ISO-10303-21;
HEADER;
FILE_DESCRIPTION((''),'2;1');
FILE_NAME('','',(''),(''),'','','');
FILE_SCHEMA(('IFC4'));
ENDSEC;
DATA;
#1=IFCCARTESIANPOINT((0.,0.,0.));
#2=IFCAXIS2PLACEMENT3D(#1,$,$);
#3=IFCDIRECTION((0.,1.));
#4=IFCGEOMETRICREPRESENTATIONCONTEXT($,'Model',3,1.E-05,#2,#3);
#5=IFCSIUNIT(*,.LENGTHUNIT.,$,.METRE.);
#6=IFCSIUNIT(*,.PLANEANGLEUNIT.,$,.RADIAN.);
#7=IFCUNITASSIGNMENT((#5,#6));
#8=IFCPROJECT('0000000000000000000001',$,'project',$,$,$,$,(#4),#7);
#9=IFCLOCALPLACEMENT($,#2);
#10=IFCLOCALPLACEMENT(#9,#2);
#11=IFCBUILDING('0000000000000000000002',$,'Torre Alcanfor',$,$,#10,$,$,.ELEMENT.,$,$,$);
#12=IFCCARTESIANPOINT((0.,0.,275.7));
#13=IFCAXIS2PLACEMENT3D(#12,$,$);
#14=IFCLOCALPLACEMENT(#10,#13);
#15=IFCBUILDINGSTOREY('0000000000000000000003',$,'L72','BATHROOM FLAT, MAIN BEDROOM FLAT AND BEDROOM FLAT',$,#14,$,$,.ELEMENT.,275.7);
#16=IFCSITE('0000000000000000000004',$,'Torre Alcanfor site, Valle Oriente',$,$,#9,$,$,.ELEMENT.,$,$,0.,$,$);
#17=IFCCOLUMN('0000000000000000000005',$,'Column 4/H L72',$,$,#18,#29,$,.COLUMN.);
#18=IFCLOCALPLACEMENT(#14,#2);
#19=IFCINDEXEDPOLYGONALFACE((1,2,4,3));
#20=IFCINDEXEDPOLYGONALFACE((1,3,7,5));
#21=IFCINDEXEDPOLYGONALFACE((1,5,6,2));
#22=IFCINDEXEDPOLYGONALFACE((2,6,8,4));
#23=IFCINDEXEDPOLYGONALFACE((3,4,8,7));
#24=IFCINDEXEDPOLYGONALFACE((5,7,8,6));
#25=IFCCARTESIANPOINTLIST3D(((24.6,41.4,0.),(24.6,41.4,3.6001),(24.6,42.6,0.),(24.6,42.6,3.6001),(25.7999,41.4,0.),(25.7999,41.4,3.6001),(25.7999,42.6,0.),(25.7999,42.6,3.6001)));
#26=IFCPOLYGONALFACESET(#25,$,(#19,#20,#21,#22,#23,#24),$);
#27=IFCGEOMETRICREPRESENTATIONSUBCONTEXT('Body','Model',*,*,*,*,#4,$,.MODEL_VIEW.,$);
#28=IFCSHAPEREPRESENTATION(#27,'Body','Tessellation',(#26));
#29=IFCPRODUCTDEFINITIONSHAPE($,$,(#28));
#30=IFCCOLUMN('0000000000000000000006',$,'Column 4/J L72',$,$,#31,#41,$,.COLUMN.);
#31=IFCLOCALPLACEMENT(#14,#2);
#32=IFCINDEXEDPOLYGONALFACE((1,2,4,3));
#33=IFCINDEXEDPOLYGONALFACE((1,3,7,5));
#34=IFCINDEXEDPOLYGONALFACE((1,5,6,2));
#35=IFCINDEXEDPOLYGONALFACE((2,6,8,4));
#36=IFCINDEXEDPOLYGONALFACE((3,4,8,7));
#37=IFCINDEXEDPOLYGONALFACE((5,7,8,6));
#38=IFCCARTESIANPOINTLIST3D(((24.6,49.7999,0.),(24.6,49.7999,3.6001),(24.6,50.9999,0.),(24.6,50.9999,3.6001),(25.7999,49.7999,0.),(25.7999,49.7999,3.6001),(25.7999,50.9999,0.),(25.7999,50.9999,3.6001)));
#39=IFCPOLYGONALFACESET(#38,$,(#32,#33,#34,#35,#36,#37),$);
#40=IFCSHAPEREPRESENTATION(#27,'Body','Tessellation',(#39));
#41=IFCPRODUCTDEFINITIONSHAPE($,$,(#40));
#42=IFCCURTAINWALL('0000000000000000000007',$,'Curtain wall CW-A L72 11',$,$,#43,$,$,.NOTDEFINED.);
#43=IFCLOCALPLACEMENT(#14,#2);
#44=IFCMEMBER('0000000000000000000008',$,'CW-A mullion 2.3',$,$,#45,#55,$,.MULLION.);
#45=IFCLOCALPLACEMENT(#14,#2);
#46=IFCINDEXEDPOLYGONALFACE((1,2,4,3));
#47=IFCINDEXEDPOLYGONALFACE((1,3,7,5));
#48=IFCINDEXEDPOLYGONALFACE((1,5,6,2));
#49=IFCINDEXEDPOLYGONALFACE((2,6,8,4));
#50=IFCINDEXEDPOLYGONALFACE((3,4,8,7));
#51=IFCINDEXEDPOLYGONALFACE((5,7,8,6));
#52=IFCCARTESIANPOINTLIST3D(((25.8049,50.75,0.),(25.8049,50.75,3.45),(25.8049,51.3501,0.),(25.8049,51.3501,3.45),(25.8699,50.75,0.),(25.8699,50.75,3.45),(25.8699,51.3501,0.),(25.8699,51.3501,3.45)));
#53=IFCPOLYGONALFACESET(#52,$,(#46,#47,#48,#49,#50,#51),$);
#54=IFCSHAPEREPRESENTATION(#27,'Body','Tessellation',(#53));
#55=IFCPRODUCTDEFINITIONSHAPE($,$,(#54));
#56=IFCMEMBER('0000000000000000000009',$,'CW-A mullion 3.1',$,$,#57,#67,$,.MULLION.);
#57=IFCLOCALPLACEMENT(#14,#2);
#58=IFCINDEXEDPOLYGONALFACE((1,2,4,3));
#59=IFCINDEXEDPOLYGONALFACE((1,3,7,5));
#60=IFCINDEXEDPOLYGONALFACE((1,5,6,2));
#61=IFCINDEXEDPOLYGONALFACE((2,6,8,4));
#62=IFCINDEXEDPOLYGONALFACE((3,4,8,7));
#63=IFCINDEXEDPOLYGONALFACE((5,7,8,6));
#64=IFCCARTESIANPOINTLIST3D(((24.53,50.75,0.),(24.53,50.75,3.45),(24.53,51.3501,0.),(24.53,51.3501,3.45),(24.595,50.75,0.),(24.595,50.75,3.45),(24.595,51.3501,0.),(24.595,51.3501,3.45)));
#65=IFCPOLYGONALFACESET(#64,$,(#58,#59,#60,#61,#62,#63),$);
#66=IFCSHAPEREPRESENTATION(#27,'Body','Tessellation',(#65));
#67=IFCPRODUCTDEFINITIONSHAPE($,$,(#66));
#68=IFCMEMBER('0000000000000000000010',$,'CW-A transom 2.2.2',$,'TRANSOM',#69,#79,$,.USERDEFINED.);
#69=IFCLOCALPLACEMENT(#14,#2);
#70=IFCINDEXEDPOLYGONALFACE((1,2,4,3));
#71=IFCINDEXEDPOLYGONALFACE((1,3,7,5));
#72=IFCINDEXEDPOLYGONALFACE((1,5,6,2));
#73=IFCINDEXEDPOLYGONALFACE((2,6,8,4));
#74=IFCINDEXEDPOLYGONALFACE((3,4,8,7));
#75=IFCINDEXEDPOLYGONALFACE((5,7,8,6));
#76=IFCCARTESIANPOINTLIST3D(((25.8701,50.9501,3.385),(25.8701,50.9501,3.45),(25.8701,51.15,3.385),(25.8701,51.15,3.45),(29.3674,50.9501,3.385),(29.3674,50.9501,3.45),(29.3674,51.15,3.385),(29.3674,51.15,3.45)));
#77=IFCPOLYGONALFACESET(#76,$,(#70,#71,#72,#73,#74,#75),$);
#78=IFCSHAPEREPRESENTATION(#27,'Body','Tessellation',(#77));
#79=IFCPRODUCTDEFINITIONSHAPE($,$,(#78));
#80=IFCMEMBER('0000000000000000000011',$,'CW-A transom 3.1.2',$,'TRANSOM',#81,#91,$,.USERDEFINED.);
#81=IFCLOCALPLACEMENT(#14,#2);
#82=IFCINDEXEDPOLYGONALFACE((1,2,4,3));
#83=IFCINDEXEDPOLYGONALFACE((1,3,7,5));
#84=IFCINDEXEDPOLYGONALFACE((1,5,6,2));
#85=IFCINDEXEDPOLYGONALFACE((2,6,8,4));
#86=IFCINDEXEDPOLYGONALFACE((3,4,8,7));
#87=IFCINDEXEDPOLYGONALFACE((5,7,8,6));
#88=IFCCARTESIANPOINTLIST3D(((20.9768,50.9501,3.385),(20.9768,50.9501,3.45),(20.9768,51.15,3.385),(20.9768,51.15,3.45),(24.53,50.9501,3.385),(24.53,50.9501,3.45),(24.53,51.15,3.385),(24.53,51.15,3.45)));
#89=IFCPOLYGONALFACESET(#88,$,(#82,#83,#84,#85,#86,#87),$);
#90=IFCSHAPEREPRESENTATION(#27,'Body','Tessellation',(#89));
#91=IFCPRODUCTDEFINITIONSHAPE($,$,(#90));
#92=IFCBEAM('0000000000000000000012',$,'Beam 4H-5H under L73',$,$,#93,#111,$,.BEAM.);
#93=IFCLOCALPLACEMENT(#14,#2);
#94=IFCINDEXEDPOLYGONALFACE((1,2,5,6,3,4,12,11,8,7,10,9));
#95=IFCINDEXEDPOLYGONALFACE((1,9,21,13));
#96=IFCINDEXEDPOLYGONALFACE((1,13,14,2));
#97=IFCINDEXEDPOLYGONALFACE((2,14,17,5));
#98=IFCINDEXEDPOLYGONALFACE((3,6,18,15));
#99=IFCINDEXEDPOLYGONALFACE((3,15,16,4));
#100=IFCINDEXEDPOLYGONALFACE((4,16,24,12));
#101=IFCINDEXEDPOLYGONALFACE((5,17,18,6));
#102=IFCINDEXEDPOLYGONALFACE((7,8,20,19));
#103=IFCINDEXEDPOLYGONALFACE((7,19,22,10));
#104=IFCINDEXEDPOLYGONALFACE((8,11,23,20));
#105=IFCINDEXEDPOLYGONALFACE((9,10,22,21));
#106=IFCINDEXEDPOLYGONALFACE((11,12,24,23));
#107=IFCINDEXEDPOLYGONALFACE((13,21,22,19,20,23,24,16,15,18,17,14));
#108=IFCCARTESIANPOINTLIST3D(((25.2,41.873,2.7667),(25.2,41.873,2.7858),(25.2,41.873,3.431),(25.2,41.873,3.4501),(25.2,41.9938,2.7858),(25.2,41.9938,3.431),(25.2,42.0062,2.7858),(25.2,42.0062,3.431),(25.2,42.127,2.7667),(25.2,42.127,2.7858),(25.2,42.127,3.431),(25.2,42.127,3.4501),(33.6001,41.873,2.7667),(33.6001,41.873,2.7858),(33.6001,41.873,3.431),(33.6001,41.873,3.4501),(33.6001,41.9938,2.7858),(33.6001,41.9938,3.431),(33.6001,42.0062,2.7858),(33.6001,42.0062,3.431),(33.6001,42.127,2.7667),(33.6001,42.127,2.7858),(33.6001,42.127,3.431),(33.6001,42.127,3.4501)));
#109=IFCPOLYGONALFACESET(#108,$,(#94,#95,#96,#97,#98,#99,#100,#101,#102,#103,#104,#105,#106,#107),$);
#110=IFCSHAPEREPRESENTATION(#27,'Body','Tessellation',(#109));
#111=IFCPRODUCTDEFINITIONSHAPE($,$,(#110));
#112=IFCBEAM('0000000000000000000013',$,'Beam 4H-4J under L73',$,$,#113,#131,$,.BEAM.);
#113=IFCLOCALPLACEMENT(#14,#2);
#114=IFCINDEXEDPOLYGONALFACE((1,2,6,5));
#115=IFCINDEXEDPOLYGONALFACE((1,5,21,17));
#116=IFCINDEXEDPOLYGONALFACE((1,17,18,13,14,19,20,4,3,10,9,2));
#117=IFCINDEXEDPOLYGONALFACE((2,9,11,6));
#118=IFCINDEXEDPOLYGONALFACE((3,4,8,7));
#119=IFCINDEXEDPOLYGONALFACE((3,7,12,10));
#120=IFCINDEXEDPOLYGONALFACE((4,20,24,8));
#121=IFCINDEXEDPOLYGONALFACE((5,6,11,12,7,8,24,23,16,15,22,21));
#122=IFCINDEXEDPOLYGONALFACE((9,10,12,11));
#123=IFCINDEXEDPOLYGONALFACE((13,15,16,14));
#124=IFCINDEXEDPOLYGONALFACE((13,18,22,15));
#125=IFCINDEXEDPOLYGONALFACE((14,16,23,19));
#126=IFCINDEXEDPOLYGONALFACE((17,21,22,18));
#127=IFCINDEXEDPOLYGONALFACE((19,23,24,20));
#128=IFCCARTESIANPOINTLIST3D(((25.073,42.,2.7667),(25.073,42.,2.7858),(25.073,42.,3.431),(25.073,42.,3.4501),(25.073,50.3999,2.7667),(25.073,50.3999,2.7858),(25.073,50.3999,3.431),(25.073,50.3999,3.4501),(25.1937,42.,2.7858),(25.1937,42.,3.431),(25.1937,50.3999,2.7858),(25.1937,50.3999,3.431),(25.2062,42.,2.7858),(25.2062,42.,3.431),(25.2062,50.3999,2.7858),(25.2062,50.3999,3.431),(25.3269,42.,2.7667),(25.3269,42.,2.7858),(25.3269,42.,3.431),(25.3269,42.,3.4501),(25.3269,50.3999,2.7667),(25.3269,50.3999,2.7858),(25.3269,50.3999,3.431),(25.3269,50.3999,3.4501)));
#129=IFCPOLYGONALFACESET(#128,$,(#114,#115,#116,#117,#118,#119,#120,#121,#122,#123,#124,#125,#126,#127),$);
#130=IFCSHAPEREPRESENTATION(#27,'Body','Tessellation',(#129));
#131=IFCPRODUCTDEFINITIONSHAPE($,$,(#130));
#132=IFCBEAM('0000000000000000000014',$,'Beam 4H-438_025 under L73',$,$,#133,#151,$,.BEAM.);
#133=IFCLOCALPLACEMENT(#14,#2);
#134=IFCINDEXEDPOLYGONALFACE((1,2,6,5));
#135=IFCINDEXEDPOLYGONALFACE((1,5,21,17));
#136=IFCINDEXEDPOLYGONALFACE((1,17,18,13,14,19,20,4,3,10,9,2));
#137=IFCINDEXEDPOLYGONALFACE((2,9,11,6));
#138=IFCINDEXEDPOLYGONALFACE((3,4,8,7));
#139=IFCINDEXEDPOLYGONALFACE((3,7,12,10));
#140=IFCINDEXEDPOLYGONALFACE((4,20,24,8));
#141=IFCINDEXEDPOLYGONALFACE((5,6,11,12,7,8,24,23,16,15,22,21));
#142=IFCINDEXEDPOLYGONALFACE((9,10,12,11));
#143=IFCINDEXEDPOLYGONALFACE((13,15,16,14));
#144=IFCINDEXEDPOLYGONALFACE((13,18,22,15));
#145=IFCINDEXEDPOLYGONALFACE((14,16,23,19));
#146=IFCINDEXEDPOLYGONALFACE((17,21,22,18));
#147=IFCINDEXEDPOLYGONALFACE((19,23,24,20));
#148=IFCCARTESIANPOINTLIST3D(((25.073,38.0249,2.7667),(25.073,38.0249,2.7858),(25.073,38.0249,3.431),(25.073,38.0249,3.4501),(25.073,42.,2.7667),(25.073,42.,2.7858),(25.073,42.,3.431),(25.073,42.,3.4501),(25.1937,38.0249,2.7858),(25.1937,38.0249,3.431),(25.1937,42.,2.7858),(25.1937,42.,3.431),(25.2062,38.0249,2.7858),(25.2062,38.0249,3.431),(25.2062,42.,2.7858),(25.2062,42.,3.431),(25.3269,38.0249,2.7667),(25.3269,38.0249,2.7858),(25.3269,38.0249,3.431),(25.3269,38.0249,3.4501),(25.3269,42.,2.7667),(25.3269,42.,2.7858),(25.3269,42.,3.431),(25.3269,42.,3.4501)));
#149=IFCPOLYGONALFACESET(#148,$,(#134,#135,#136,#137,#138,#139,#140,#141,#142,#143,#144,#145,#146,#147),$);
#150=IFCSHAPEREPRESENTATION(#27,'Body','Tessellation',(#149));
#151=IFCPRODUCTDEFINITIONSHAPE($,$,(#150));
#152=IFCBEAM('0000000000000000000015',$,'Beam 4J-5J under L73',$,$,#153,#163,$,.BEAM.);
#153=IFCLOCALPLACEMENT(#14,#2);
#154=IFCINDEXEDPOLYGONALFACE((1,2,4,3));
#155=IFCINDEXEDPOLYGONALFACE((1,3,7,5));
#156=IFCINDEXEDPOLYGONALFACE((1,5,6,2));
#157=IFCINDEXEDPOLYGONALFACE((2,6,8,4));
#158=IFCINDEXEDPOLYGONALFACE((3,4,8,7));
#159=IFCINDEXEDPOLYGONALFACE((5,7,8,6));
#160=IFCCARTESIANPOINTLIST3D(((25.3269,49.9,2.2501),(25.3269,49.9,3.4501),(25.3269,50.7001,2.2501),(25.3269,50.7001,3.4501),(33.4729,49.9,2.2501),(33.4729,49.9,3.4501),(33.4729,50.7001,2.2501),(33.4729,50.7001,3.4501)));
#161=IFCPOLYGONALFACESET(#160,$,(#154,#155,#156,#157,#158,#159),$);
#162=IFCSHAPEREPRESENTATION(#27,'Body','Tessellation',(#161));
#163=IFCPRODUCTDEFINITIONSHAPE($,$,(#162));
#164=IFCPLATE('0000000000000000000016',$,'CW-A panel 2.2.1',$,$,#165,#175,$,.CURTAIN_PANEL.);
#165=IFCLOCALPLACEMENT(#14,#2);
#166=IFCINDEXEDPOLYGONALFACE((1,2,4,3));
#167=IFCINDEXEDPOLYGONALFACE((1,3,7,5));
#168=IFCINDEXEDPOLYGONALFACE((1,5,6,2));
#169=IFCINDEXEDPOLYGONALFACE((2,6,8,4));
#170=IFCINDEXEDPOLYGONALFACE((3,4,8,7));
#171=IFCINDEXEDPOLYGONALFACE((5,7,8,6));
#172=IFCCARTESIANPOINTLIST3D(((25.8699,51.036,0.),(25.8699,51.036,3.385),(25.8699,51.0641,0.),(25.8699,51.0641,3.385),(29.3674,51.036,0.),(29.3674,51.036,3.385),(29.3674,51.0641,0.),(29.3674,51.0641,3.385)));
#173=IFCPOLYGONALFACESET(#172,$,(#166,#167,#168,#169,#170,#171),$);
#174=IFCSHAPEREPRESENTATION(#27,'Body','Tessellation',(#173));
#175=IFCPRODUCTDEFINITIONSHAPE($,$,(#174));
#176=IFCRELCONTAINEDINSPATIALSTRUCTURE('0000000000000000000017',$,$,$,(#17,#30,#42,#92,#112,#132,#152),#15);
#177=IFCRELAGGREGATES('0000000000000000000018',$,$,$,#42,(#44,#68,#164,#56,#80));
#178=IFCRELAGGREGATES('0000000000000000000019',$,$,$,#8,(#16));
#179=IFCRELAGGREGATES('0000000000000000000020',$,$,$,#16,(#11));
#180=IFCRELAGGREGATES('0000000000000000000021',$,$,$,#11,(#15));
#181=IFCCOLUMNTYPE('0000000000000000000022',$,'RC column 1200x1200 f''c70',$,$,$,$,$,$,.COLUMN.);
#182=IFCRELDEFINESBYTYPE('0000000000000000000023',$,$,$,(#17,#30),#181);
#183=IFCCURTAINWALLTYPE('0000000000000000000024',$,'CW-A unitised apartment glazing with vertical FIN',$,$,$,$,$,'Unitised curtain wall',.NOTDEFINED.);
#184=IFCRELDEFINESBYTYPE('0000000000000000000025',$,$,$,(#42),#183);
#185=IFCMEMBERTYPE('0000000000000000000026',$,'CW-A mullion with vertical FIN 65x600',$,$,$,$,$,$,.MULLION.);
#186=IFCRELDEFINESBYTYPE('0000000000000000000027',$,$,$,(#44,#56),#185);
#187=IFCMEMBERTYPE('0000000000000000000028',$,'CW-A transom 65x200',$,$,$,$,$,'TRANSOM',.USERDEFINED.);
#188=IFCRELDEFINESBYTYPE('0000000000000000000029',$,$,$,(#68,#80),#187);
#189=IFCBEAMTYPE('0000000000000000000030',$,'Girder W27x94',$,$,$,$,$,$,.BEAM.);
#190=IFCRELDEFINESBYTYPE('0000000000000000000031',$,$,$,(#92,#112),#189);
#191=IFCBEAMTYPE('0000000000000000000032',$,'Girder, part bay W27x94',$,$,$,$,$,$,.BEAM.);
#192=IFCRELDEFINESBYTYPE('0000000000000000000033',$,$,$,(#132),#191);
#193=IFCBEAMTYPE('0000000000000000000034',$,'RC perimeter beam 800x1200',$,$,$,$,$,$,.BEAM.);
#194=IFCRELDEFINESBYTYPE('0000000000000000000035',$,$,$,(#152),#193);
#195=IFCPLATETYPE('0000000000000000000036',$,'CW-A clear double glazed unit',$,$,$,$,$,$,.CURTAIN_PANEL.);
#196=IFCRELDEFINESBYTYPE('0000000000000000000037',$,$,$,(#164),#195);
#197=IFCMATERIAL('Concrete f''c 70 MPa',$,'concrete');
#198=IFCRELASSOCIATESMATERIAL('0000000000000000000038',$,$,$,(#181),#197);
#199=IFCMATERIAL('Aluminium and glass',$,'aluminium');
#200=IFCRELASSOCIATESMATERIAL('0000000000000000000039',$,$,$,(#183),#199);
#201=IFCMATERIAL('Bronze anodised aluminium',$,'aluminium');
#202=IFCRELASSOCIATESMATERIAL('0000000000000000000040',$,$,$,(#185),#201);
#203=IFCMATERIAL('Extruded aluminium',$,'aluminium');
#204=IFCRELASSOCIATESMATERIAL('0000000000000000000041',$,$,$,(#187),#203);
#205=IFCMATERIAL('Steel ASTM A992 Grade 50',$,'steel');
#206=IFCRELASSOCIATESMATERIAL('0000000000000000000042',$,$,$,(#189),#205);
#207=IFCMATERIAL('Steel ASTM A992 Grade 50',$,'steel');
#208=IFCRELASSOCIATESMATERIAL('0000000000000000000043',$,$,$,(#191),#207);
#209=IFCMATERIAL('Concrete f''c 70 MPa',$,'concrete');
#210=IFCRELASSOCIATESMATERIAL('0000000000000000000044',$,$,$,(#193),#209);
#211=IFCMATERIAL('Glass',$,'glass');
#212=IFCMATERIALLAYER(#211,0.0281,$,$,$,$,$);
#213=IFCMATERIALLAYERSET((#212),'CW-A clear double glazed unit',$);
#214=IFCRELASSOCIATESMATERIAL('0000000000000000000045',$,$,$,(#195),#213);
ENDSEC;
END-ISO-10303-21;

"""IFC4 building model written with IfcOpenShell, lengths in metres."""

from ifc_helpers import new_model, si_unit, direction, frame, origin, origin_2d, place, context, subcontext, project, spatial, rectangle, i_section, extrude, material, layer, layer_set, material_profile, profile_set, type_object, element, aggregate, save


model = new_model("IFC4")

# Units and contexts
model_context = context("Model", 3, precision=1e-05, world=origin(), true_north=direction((0.0, 1.0)))
body_context = subcontext(model_context, "Body", "Model", "MODEL_VIEW")
ifc_project = project(units=[si_unit("LENGTHUNIT", "METRE"), si_unit("PLANEANGLEUNIT", "RADIAN")], contexts=[model_context])

# Site, building, storey
site_placement = place(None, origin())
site = spatial("IfcSite", under=ifc_project, at=site_placement, Name="Torre Alcanfor site, Valle Oriente", CompositionType="ELEMENT", RefElevation=0.0)
building_placement = place(site_placement, origin())
building = spatial("IfcBuilding", under=site, at=building_placement, Name="Torre Alcanfor", CompositionType="ELEMENT")
storey_placement = place(building_placement, frame((0.0, 0.0, 275.7)))
storey = spatial("IfcBuildingStorey", under=building, at=storey_placement, Name="L72", Description="BATHROOM FLAT, MAIN BEDROOM FLAT AND BEDROOM FLAT", CompositionType="ELEMENT", Elevation=275.7)

# Columns
ifc_material_1 = material(Name="Concrete f'c 70 MPa", Category="concrete")
ifc_material_profile_1 = material_profile(ifc_material_1, rectangle(XDim=1.2, YDim=1.2, at=origin_2d()), Name="1200x1200")
ifc_profile_set_1 = profile_set([ifc_material_profile_1], Name="Concrete f'c 70 MPa")
column_type = type_object("IfcColumnType", Name="RC column 1200x1200 f'c70", PredefinedType="COLUMN", material=ifc_profile_set_1)
for number, where, z_axis, x_axis, name in (
    (1, (25.2, 42.0, 0.0), (0.0, 0.0, 1.0), (1.0, 0.0, 0.0), "Column 4/H L72"),
    (2, (25.2, 50.3999, 0.0), (0.0, 0.0, 1.0), (1.0, 0.0, 0.0), "Column 4/J L72"),
):
    element("IfcColumn", number, at=place(storey_placement, frame(where, z_axis=z_axis, x_axis=x_axis)), inside=storey, type_object=column_type, Name=name, PredefinedType="COLUMN", context=body_context, shape_type="SweptSolid", body=[
        extrude(rectangle(XDim=1.2, YDim=1.2, at=origin_2d()), origin(), (0.0, 0.0, 1.0), 3.6001),
    ])

# Curtain wall, members
ifc_material_2 = material(Name="Aluminium and glass", Category="aluminium")
curtain_wall_type = type_object("IfcCurtainWallType", Name="CW-A unitised apartment glazing with vertical FIN", ElementType="Unitised curtain wall", PredefinedType="NOTDEFINED", material=ifc_material_2)
curtain_wall_placement = place(storey_placement, origin())
curtain_wall = element("IfcCurtainWall", 3, at=curtain_wall_placement, inside=storey, type_object=curtain_wall_type, Name="Curtain wall CW-A L72 11", PredefinedType="NOTDEFINED")
ifc_material_3 = material(Name="Bronze anodised aluminium", Category="aluminium")
ifc_material_profile_2 = material_profile(ifc_material_3, rectangle(XDim=0.6001, YDim=0.0649, at=origin_2d()), Name="CW-A mullion 65x600")
ifc_profile_set_2 = profile_set([ifc_material_profile_2], Name="Bronze anodised aluminium")
member_type_1 = type_object("IfcMemberType", Name="CW-A mullion with vertical FIN 65x600", PredefinedType="MULLION", material=ifc_profile_set_2)
member_1_placement = place(storey_placement, frame((25.8374, 51.05, 0.0), z_axis=(0.0, 0.0, 1.0), x_axis=(0.0, -1.0, 0.0)))
member_1 = element("IfcMember", 4, at=member_1_placement, type_object=member_type_1, Name="CW-A mullion 2.3", PredefinedType="MULLION", context=body_context, shape_type="SweptSolid", body=[
    extrude(rectangle(XDim=0.6001, YDim=0.0649, at=origin_2d()), origin(), (0.0, 0.0, 1.0), 3.45),
])
member_2_placement = place(storey_placement, frame((24.5625, 51.05, 0.0), z_axis=(0.0, 0.0, 1.0), x_axis=(0.0, -1.0, 0.0)))
member_2 = element("IfcMember", 5, at=member_2_placement, type_object=member_type_1, Name="CW-A mullion 3.1", PredefinedType="MULLION", context=body_context, shape_type="SweptSolid", body=[
    extrude(rectangle(XDim=0.6001, YDim=0.0649, at=origin_2d()), origin(), (0.0, 0.0, 1.0), 3.45),
])
ifc_material_4 = material(Name="Extruded aluminium", Category="aluminium")
ifc_material_profile_3 = material_profile(ifc_material_4, rectangle(XDim=0.2, YDim=0.0649, at=origin_2d()), Name="CW-A transom 200x65")
ifc_profile_set_3 = profile_set([ifc_material_profile_3], Name="Extruded aluminium")
member_type_2 = type_object("IfcMemberType", Name="CW-A transom 65x200", ElementType="TRANSOM", PredefinedType="USERDEFINED", material=ifc_profile_set_3)
member_3_placement = place(storey_placement, frame((29.3674, 51.05, 3.4175), z_axis=(-1.0, 0.0, 0.0), x_axis=(0.0, -1.0, 0.0)))
member_3 = element("IfcMember", 6, at=member_3_placement, type_object=member_type_2, Name="CW-A transom 2.2.2", ObjectType="TRANSOM", PredefinedType="USERDEFINED", context=body_context, shape_type="SweptSolid", body=[
    extrude(rectangle(XDim=0.2, YDim=0.0649, at=origin_2d()), origin(), (0.0, 0.0, 1.0), 3.4973),
])
member_4_placement = place(storey_placement, frame((24.53, 51.05, 3.4175), z_axis=(-1.0, 0.0, 0.0), x_axis=(0.0, -1.0, 0.0)))
member_4 = element("IfcMember", 7, at=member_4_placement, type_object=member_type_2, Name="CW-A transom 3.1.2", ObjectType="TRANSOM", PredefinedType="USERDEFINED", context=body_context, shape_type="SweptSolid", body=[
    extrude(rectangle(XDim=0.2, YDim=0.0649, at=origin_2d()), origin(), (0.0, 0.0, 1.0), 3.5532),
])

# Beams
ifc_material_5 = material(Name="Steel ASTM A992 Grade 50", Category="steel")
ifc_material_profile_4 = material_profile(ifc_material_5, i_section(OverallWidth=0.2539, OverallDepth=0.6833, WebThickness=0.0125, FlangeThickness=0.019, at=origin_2d()), Name="W27x94")
ifc_profile_set_4 = profile_set([ifc_material_profile_4], Name="Steel ASTM A992 Grade 50")
beam_type_1 = type_object("IfcBeamType", Name="Girder W27x94", PredefinedType="BEAM", material=ifc_profile_set_4)
beam_1_placement = place(storey_placement, frame((25.2, 42.0, 3.1084), z_axis=(1.0, 0.0, 0.0), x_axis=(0.0, 1.0, 0.0)))
element("IfcBeam", 8, at=beam_1_placement, inside=storey, type_object=beam_type_1, Name="Beam 4H-5H under L73", PredefinedType="BEAM", context=body_context, shape_type="SweptSolid", body=[
    extrude(i_section(OverallWidth=0.2539, OverallDepth=0.6833, WebThickness=0.0125, FlangeThickness=0.019, at=origin_2d()), origin(), (0.0, 0.0, 1.0), 8.4001),
])
beam_2_placement = place(storey_placement, frame((25.2, 42.0, 3.1084), z_axis=(0.0, 1.0, 0.0), x_axis=(-1.0, 0.0, 0.0)))
element("IfcBeam", 9, at=beam_2_placement, inside=storey, type_object=beam_type_1, Name="Beam 4H-4J under L73", PredefinedType="BEAM", context=body_context, shape_type="SweptSolid", body=[
    extrude(i_section(OverallWidth=0.2539, OverallDepth=0.6833, WebThickness=0.0125, FlangeThickness=0.019, at=origin_2d()), origin(), (0.0, 0.0, 1.0), 8.3999),
])
ifc_material_6 = material(Name="Steel ASTM A992 Grade 50", Category="steel")
ifc_material_profile_5 = material_profile(ifc_material_6, i_section(OverallWidth=0.2539, OverallDepth=0.6833, WebThickness=0.0125, FlangeThickness=0.019, at=origin_2d()), Name="W27x94")
ifc_profile_set_5 = profile_set([ifc_material_profile_5], Name="Steel ASTM A992 Grade 50")
beam_type_2 = type_object("IfcBeamType", Name="Girder, part bay W27x94", PredefinedType="BEAM", material=ifc_profile_set_5)
beam_3_placement = place(storey_placement, frame((25.2, 42.0, 3.1084), z_axis=(0.0, -1.0, 0.0), x_axis=(1.0, 0.0, 0.0)))
element("IfcBeam", 10, at=beam_3_placement, inside=storey, type_object=beam_type_2, Name="Beam 4H-438_025 under L73", PredefinedType="BEAM", context=body_context, shape_type="SweptSolid", body=[
    extrude(i_section(OverallWidth=0.2539, OverallDepth=0.6833, WebThickness=0.0125, FlangeThickness=0.019, at=origin_2d()), origin(), (0.0, 0.0, 1.0), 3.9751),
])
ifc_material_7 = material(Name="Concrete f'c 70 MPa", Category="concrete")
ifc_material_profile_6 = material_profile(ifc_material_7, rectangle(XDim=0.8, YDim=1.2, at=origin_2d()), Name="800x1200")
ifc_profile_set_6 = profile_set([ifc_material_profile_6], Name="Concrete f'c 70 MPa")
beam_type_3 = type_object("IfcBeamType", Name="RC perimeter beam 800x1200", PredefinedType="BEAM", material=ifc_profile_set_6)
beam_4_placement = place(storey_placement, frame((25.3269, 50.3, 2.8501), z_axis=(1.0, 0.0, 0.0), x_axis=(0.0, 1.0, 0.0)))
element("IfcBeam", 11, at=beam_4_placement, inside=storey, type_object=beam_type_3, Name="Beam 4J-5J under L73", PredefinedType="BEAM", context=body_context, shape_type="SweptSolid", body=[
    extrude(rectangle(XDim=0.8, YDim=1.2, at=origin_2d()), origin(), (0.0, 0.0, 1.0), 8.146),
])

# Plate
ifc_material_8 = material(Name="Glass", Category="glass")
ifc_layer_1 = layer(ifc_material_8, 0.0281)
ifc_layer_set_1 = layer_set([ifc_layer_1], Name="CW-A clear double glazed unit")
plate_type = type_object("IfcPlateType", Name="CW-A clear double glazed unit", PredefinedType="CURTAIN_PANEL", material=ifc_layer_set_1)
plate_1_placement = place(storey_placement, frame((27.6187, 51.05, 0.0), z_axis=(0.0, 0.0, 1.0), x_axis=(-1.0, 0.0, 0.0)))
plate_1 = element("IfcPlate", 12, at=plate_1_placement, type_object=plate_type, Name="CW-A panel 2.2.1", PredefinedType="CURTAIN_PANEL", context=body_context, shape_type="SweptSolid", body=[
    extrude(rectangle(XDim=3.4976, YDim=0.0281, at=origin_2d()), origin(), (0.0, 0.0, 1.0), 3.385),
])
aggregate(curtain_wall, [member_1, member_3, plate_1, member_2, member_4])

save(model, "model.ifc")
